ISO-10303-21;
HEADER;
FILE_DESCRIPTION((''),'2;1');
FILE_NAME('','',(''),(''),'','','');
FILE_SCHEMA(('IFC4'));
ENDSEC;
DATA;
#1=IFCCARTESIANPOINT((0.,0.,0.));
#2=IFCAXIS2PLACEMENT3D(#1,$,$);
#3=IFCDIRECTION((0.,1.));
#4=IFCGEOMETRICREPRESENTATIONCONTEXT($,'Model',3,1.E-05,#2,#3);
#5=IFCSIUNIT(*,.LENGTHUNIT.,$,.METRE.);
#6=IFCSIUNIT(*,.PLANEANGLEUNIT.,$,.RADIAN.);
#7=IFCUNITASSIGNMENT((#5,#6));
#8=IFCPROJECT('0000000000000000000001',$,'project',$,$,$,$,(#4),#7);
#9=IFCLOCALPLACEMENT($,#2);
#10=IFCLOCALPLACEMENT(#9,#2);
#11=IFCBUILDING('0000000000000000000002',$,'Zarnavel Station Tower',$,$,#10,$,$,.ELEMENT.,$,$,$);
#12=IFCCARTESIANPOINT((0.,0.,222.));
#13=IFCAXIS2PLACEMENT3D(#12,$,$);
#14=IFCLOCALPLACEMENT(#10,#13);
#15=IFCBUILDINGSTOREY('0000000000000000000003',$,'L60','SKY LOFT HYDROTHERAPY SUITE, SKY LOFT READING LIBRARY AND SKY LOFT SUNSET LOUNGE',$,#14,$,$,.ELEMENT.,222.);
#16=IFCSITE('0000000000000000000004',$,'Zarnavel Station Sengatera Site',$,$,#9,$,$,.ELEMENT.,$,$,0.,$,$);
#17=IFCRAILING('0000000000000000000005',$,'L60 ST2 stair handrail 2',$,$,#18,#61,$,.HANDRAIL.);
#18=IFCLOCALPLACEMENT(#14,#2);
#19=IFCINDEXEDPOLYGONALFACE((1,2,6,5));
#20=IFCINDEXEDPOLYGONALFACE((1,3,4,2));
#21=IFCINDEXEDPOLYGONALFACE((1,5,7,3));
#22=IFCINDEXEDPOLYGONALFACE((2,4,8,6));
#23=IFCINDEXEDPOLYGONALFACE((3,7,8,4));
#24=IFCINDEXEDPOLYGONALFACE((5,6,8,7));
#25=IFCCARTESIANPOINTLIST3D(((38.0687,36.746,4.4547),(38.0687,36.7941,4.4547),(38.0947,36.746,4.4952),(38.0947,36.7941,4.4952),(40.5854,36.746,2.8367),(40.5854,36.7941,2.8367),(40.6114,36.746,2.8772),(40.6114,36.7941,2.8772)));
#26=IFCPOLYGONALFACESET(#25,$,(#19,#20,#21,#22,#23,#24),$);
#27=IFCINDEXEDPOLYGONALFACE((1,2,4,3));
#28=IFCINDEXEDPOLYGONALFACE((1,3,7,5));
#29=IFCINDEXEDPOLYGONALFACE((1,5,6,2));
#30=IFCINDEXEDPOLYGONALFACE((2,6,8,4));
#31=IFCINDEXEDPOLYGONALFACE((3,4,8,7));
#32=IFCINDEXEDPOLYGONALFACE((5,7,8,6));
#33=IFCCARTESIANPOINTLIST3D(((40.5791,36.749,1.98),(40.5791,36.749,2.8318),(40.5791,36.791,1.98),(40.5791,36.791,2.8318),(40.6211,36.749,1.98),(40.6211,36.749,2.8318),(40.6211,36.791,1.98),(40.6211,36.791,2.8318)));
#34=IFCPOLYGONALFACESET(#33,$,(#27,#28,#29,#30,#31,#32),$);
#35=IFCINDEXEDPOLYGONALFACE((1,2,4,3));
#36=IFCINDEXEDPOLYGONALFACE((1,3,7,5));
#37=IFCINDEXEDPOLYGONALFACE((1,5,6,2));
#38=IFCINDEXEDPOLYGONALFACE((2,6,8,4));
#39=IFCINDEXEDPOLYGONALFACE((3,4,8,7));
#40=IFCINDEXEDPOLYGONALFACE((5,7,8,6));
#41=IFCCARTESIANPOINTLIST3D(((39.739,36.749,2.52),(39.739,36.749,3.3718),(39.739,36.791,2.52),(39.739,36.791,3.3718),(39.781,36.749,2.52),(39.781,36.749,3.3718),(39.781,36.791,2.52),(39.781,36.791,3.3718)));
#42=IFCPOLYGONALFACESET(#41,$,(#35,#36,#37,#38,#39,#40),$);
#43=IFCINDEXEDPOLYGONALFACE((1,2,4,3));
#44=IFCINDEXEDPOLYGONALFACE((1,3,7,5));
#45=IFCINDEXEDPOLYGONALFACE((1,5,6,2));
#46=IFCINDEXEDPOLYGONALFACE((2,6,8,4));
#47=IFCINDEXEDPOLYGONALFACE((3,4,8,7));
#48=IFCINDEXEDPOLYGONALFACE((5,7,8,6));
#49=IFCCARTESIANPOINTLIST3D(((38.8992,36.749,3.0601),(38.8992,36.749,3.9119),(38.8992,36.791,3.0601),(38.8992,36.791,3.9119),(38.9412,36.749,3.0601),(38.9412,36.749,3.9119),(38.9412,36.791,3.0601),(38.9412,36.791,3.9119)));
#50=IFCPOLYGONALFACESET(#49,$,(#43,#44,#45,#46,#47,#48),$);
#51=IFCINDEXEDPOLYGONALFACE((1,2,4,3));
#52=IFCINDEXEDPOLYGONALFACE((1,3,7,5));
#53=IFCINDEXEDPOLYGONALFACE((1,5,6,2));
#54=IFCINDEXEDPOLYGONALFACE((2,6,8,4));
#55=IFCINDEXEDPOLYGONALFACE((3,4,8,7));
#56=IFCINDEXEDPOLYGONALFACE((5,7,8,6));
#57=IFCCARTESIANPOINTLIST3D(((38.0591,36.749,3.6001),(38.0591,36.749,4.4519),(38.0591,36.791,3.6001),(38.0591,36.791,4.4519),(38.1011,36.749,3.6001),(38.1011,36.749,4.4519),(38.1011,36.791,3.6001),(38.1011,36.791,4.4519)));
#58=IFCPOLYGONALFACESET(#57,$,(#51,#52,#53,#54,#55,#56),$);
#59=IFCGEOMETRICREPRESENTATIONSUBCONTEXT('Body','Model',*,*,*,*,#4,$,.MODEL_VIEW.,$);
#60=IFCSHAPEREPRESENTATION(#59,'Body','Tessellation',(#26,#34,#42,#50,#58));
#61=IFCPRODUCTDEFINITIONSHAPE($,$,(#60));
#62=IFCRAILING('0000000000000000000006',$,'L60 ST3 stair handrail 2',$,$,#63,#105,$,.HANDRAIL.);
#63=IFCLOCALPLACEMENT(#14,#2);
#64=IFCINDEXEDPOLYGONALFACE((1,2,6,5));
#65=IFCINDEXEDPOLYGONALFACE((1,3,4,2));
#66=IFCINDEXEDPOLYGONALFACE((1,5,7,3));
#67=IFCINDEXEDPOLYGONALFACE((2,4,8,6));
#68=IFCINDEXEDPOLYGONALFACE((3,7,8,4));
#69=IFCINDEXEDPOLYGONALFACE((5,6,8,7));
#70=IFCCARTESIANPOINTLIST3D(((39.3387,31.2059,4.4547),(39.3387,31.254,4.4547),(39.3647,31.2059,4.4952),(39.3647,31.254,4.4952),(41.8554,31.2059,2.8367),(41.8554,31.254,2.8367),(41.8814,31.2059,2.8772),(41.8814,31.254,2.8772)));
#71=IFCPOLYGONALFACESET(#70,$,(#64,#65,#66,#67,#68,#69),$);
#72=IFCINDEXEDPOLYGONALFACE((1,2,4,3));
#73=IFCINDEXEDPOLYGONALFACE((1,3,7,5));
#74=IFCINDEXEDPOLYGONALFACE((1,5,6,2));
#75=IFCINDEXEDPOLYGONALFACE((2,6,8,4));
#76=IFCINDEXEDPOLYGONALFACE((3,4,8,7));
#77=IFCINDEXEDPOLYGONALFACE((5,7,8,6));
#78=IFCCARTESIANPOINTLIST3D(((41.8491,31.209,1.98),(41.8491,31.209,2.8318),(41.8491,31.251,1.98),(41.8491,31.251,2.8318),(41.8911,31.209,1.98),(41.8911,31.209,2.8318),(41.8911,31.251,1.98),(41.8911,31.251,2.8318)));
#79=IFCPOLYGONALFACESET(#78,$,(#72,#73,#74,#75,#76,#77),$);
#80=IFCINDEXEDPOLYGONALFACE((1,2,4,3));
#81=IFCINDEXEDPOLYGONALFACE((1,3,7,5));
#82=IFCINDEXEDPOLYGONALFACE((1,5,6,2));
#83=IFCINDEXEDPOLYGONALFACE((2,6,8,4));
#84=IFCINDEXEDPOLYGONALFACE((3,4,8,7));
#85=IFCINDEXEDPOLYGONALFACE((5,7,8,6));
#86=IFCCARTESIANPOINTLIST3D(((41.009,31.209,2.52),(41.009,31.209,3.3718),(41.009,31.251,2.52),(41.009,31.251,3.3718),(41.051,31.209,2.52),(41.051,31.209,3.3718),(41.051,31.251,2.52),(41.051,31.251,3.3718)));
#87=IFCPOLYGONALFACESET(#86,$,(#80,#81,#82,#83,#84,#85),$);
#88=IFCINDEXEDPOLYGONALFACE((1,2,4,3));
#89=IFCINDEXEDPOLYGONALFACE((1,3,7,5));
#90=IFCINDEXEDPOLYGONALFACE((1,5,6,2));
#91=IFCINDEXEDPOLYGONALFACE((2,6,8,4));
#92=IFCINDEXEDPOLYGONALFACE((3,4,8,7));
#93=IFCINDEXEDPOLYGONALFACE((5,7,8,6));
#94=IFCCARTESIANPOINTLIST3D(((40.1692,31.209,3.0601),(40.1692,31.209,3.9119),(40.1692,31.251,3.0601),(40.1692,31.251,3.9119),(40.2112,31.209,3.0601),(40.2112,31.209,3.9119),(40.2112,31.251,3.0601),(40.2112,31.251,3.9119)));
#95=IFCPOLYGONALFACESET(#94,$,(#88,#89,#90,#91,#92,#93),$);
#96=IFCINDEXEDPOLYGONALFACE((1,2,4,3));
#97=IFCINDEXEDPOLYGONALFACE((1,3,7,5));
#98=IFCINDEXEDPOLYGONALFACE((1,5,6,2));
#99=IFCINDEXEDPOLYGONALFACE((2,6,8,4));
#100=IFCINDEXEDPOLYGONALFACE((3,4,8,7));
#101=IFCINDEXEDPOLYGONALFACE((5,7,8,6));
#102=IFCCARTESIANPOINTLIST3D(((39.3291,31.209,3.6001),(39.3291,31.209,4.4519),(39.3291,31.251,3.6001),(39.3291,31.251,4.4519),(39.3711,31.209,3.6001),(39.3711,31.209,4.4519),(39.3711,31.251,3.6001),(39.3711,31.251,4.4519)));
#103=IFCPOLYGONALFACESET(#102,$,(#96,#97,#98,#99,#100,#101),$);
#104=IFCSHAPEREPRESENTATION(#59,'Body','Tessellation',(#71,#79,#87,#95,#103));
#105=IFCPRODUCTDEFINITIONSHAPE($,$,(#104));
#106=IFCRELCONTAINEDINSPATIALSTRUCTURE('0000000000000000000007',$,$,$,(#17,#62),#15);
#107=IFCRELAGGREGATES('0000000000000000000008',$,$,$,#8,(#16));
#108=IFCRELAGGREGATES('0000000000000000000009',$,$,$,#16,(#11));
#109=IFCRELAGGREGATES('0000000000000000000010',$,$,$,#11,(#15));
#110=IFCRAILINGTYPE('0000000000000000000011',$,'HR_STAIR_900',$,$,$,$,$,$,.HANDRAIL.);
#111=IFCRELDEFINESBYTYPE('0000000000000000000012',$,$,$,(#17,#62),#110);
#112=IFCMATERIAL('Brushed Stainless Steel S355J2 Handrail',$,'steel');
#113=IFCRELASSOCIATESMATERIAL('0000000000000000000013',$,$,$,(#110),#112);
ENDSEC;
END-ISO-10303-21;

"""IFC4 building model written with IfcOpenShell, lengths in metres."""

from ifc_helpers import new_model, si_unit, direction, frame, origin, origin_2d, place, context, subcontext, project, spatial, rectangle, extrude, material, type_object, element, save


model = new_model("IFC4")

# Units and contexts
model_context = context("Model", 3, precision=1e-05, world=origin(), true_north=direction((0.0, 1.0)))
body_context = subcontext(model_context, "Body", "Model", "MODEL_VIEW")
ifc_project = project(units=[si_unit("LENGTHUNIT", "METRE"), si_unit("PLANEANGLEUNIT", "RADIAN")], contexts=[model_context])

# Site, building, storey
site_placement = place(None, origin())
site = spatial("IfcSite", under=ifc_project, at=site_placement, Name="Zarnavel Station Sengatera Site", CompositionType="ELEMENT", RefElevation=0.0)
building_placement = place(site_placement, origin())
building = spatial("IfcBuilding", under=site, at=building_placement, Name="Zarnavel Station Tower", CompositionType="ELEMENT")
storey_placement = place(building_placement, frame((0.0, 0.0, 222.0)))
storey = spatial("IfcBuildingStorey", under=building, at=storey_placement, Name="L60", Description="SKY LOFT HYDROTHERAPY SUITE, SKY LOFT READING LIBRARY AND SKY LOFT SUNSET LOUNGE", CompositionType="ELEMENT", Elevation=222.0)

# Railings
ifc_material_1 = material(Name="Brushed Stainless Steel S355J2 Handrail", Category="steel")
railing_type_1 = type_object("IfcRailingType", Name="HR_STAIR_900", PredefinedType="HANDRAIL", material=ifc_material_1)
for number, where, name in (
    (1, (40.6001, 36.77, 1.98), "L60 ST2 stair handrail 2"),
    (2, (41.8701, 31.23, 1.98), "L60 ST3 stair handrail 2"),
):
    element("IfcRailing", number, at=place(storey_placement, frame(where)), inside=storey, type_object=railing_type_1, Name=name, PredefinedType="HANDRAIL", context=body_context, shape_type="SweptSolid", body=[
        extrude(rectangle(XDim=0.0481, YDim=0.0481, at=origin_2d()), frame((-0.0017, 0.0, 0.877), z_axis=(-0.841163, 0.0, 0.540782), x_axis=(0.0, -1.0, 0.0)), (0.0, 0.0, 1.0), 2.9919),
        extrude(rectangle(XDim=0.042, YDim=0.042, at=origin_2d()), origin(), (0.0, 0.0, 1.0), 0.8518),
        extrude(rectangle(XDim=0.042, YDim=0.042, at=origin_2d()), frame((-0.8401, 0.0, 0.54)), (0.0, 0.0, 1.0), 0.8518),
        extrude(rectangle(XDim=0.042, YDim=0.042, at=origin_2d()), frame((-1.6799, 0.0, 1.0801)), (0.0, 0.0, 1.0), 0.8518),
        extrude(rectangle(XDim=0.042, YDim=0.042, at=origin_2d()), frame((-2.52, 0.0, 1.6201)), (0.0, 0.0, 1.0), 0.8518),
    ])

save(model, "model.ifc")
